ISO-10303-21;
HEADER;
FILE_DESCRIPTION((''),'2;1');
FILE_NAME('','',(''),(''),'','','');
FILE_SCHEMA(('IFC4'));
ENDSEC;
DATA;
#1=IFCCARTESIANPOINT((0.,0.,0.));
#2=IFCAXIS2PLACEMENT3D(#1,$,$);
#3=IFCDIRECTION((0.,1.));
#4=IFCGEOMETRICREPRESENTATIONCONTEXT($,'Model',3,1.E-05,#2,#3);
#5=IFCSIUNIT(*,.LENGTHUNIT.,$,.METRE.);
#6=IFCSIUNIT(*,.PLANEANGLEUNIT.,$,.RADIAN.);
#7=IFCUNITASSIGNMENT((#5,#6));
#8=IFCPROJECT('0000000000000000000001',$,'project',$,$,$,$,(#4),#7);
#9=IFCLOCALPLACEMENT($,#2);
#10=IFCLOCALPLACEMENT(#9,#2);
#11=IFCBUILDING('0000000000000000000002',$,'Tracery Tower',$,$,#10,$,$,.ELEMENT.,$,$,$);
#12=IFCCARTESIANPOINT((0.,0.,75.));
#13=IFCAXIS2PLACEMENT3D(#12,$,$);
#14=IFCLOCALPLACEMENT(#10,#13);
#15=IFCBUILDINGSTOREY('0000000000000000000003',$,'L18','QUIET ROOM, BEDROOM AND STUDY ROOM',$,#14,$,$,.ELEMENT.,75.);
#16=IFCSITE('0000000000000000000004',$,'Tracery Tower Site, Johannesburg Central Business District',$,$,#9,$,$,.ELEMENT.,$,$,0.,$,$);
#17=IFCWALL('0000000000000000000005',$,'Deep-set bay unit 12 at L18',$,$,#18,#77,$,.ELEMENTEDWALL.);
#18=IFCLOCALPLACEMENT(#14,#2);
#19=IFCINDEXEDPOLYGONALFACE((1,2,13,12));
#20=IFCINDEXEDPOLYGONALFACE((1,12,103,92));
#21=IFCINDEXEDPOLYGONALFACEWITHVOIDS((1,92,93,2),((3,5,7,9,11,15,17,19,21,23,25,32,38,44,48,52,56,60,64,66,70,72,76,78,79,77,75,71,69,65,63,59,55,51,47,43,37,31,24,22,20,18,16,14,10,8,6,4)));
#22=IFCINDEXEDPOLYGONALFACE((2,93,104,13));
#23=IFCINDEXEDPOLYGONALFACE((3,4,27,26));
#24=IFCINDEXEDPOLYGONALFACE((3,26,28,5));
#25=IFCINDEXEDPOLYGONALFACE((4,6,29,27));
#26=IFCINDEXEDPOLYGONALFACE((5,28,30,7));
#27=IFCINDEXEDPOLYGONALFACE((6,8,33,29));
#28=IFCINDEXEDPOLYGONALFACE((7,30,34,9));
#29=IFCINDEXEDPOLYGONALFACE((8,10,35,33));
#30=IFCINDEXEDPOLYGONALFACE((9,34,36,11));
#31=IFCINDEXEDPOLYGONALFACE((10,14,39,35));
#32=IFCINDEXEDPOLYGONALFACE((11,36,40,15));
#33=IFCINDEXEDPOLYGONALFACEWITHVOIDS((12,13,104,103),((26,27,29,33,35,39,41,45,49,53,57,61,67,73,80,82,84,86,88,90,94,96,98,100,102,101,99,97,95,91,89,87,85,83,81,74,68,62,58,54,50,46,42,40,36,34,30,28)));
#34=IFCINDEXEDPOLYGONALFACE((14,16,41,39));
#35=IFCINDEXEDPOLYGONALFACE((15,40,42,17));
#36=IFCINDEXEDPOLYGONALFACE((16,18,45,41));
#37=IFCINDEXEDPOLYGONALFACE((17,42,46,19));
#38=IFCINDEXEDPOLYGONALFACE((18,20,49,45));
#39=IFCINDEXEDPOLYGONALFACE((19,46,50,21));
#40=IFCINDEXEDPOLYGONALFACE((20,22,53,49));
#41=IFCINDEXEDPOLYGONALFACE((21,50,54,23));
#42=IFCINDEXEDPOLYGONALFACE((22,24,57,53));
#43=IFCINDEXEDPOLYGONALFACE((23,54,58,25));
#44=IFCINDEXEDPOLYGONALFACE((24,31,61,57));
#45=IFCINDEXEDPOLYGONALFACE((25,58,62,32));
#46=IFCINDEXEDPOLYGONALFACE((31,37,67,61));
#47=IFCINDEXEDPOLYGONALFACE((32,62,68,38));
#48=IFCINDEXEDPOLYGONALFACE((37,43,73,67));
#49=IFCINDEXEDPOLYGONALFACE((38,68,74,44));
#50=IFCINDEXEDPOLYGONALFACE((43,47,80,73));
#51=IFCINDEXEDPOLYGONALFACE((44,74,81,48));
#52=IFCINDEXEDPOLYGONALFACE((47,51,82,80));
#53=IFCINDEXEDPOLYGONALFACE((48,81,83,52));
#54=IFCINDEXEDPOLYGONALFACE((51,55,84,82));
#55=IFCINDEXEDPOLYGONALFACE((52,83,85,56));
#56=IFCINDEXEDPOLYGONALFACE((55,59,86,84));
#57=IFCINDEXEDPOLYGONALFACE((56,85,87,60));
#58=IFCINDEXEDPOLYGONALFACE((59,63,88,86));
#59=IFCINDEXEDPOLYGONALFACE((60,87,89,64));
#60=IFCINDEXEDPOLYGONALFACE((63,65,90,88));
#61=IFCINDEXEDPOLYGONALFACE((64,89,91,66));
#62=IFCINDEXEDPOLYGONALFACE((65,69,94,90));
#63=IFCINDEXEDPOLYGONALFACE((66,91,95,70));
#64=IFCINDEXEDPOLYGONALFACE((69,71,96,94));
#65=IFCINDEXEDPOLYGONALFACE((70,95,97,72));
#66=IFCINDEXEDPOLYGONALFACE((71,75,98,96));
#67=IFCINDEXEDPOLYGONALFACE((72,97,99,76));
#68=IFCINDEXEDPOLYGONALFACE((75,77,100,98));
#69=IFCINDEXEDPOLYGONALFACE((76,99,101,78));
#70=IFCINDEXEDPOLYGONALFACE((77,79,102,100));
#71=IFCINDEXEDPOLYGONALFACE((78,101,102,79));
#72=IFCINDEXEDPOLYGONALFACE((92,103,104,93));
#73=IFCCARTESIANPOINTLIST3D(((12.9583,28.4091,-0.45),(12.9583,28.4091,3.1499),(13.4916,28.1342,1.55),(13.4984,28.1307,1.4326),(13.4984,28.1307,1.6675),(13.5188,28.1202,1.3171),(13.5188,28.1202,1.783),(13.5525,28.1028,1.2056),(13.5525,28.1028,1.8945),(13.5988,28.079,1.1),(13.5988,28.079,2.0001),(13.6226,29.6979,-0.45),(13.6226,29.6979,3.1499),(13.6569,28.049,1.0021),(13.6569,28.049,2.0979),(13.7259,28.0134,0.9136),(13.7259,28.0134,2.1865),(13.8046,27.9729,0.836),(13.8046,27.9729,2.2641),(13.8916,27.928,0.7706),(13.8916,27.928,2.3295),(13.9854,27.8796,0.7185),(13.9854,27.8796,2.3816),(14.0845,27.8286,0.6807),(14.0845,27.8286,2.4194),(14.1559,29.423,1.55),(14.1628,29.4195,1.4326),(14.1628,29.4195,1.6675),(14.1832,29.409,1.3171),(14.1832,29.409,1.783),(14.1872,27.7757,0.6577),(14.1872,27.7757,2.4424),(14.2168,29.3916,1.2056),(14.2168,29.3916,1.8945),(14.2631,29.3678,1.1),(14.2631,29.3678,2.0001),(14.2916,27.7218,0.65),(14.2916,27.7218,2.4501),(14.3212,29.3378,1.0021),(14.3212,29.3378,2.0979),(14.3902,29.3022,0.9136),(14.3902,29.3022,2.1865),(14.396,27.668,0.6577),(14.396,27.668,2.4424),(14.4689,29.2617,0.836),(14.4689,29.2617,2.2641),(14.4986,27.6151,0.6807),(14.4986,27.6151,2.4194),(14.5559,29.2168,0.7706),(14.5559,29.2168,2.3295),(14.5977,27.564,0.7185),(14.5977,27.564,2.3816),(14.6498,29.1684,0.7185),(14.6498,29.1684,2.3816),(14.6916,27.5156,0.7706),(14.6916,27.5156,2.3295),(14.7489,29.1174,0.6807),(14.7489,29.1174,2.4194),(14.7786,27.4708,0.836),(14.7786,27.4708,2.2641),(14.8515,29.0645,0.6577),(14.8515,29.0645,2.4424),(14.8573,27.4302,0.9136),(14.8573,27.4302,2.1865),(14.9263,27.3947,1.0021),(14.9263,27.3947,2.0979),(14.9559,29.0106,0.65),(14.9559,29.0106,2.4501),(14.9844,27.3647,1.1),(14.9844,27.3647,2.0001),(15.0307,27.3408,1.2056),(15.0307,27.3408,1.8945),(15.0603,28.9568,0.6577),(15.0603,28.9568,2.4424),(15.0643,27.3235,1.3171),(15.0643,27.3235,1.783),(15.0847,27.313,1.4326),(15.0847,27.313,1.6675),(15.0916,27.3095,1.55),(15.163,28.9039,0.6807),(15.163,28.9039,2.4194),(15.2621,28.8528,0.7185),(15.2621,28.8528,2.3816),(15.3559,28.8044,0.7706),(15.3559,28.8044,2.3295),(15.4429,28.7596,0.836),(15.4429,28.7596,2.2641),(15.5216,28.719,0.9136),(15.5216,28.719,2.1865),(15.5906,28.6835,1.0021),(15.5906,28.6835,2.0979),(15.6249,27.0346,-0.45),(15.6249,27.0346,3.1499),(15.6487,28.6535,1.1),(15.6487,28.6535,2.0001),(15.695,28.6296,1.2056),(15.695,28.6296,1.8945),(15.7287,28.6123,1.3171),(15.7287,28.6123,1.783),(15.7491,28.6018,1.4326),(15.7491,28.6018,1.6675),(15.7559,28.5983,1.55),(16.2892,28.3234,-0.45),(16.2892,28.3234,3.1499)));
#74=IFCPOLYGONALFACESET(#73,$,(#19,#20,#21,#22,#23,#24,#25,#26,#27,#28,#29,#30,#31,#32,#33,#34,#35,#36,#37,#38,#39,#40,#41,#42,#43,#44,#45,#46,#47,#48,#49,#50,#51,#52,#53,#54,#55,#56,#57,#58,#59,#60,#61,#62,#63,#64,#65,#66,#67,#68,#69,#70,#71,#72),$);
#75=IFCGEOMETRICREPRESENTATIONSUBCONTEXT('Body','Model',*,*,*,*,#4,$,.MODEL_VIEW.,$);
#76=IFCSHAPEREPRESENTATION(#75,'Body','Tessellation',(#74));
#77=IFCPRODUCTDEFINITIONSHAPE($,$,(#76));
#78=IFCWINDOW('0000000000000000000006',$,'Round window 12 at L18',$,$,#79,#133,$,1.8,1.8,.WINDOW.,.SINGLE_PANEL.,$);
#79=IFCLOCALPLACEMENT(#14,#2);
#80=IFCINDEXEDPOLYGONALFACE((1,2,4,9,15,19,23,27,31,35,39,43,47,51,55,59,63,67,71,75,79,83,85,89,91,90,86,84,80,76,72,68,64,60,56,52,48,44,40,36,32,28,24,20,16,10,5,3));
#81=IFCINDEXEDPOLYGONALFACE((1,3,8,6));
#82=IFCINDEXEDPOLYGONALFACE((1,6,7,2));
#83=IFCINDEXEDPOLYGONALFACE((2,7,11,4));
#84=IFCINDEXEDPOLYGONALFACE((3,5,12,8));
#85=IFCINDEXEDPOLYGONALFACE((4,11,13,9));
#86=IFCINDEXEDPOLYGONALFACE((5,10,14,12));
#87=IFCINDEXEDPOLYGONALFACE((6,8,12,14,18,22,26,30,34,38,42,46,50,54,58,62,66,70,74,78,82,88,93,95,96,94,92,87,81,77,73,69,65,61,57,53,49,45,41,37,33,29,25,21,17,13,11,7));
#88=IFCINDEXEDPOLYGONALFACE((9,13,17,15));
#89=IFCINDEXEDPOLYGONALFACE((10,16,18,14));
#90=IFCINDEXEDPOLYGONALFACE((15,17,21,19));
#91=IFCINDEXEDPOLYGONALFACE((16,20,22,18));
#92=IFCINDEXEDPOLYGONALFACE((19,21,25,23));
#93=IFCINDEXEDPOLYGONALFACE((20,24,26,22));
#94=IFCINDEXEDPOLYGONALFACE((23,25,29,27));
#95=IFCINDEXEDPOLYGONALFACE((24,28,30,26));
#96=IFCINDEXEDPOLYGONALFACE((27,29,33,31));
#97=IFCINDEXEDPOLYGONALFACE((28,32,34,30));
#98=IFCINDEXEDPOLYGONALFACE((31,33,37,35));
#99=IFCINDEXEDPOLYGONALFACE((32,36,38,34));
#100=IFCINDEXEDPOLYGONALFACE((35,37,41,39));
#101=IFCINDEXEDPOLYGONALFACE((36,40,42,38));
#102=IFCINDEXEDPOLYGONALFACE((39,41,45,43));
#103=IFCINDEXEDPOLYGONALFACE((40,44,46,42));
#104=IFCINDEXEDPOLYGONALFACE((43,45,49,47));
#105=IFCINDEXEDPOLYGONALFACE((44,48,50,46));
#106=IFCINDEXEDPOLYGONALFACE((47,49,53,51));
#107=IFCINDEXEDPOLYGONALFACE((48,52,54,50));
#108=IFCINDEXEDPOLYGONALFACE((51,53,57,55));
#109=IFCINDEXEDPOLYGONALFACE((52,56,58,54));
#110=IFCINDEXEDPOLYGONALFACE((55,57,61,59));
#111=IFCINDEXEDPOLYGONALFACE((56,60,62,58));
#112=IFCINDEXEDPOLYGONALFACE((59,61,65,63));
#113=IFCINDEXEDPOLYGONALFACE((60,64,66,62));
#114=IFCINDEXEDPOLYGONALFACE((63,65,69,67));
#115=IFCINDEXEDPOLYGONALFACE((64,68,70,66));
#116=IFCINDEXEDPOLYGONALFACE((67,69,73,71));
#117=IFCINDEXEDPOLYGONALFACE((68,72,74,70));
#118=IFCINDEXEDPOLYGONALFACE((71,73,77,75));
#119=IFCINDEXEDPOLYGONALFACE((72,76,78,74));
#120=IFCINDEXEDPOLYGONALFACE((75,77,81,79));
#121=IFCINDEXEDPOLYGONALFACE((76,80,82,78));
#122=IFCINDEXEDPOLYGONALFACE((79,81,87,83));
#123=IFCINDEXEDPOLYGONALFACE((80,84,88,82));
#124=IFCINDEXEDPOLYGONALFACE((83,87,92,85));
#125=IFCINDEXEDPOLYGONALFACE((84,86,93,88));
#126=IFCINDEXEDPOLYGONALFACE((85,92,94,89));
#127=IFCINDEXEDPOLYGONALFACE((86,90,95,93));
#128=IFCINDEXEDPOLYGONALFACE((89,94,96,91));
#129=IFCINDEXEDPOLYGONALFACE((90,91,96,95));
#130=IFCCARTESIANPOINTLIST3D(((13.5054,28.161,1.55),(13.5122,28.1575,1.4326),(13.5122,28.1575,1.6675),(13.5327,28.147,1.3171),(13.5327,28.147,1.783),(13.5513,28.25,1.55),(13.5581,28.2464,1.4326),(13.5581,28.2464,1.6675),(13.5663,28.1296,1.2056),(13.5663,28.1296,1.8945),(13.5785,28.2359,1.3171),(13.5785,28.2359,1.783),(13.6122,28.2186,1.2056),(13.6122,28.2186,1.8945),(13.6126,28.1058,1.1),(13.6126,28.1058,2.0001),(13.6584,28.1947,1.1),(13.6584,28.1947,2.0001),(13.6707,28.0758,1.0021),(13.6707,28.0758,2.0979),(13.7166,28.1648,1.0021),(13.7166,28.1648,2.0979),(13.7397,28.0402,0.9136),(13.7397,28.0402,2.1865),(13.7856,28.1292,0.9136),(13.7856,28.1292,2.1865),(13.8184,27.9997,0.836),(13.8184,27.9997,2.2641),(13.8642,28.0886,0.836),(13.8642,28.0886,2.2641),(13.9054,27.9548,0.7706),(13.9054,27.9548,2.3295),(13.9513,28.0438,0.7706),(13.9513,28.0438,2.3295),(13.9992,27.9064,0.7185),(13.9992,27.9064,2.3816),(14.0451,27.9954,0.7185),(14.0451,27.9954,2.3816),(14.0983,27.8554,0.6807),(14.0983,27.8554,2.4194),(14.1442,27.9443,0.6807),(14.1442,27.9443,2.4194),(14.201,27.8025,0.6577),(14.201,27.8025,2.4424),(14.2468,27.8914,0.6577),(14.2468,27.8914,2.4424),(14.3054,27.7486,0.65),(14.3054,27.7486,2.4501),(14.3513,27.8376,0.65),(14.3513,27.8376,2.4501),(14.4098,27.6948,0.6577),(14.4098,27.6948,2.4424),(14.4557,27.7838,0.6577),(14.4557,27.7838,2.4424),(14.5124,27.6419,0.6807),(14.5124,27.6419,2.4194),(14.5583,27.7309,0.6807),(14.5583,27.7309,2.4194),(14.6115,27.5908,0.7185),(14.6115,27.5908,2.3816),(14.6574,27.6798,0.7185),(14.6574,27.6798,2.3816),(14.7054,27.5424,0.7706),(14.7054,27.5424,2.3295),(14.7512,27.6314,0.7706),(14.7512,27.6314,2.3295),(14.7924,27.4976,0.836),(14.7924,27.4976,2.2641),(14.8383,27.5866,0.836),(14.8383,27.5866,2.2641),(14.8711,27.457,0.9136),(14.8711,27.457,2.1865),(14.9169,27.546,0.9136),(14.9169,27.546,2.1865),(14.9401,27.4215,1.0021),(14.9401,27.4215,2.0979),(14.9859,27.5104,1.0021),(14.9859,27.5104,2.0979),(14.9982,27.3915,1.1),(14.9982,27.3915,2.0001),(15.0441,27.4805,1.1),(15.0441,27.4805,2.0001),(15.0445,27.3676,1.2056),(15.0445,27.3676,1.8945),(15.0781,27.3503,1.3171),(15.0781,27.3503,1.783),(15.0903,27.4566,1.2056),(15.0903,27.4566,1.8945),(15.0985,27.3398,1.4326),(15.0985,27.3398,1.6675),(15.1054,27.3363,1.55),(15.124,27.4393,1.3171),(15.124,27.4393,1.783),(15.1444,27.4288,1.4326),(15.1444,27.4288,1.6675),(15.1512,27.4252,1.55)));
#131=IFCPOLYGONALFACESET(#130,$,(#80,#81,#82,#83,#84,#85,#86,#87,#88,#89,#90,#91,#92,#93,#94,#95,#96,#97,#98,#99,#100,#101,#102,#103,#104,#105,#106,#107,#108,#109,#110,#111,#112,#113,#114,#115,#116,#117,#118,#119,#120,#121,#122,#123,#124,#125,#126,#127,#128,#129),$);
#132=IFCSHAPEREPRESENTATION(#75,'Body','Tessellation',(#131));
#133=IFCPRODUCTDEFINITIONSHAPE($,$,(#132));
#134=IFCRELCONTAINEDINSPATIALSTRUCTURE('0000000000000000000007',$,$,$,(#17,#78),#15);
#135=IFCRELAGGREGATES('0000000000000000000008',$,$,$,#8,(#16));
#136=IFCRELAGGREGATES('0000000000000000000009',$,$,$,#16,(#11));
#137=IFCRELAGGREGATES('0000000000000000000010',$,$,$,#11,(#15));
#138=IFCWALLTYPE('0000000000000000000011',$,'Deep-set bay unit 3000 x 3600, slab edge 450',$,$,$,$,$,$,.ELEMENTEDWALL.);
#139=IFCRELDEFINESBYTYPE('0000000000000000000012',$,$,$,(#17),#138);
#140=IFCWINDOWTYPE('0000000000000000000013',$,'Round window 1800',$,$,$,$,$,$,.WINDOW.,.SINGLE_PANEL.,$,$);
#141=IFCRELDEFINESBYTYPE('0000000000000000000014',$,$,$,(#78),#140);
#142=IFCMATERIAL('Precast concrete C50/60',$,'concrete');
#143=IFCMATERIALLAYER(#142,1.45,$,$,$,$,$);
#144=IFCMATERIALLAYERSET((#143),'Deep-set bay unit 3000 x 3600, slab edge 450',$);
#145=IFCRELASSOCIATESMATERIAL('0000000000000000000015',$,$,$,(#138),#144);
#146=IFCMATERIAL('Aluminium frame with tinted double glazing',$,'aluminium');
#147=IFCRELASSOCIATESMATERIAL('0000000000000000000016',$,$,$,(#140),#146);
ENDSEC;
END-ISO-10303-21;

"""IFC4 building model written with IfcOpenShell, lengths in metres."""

from ifc_helpers import new_model, si_unit, direction, frame, frame_2d, origin, origin_2d, place, context, subcontext, project, spatial, rectangle, circle, extrude, material, layer, layer_set, type_object, element, fill, save


model = new_model("IFC4")

# Units and contexts
model_context = context("Model", 3, precision=1e-05, world=origin(), true_north=direction((0.0, 1.0)))
body_context = subcontext(model_context, "Body", "Model", "MODEL_VIEW")
ifc_project = project(units=[si_unit("LENGTHUNIT", "METRE"), si_unit("PLANEANGLEUNIT", "RADIAN")], contexts=[model_context])

# Site, building, storey
site_placement = place(None, origin())
site = spatial("IfcSite", under=ifc_project, at=site_placement, Name="Tracery Tower Site, Johannesburg Central Business District", CompositionType="ELEMENT", RefElevation=0.0)
building_placement = place(site_placement, origin())
building = spatial("IfcBuilding", under=site, at=building_placement, Name="Tracery Tower", CompositionType="ELEMENT")
storey_placement = place(building_placement, frame((0.0, 0.0, 75.0)))
storey = spatial("IfcBuildingStorey", under=building, at=storey_placement, Name="L18", Description="QUIET ROOM, BEDROOM AND STUDY ROOM", CompositionType="ELEMENT", Elevation=75.0)

# Wall, opening, window
ifc_material_1 = material(Name="Precast concrete C50/60", Category="concrete")
ifc_layer_1 = layer(ifc_material_1, 1.45)
ifc_layer_set_1 = layer_set([ifc_layer_1], Name="Deep-set bay unit 3000 x 3600, slab edge 450")
wall_type_1 = type_object("IfcWallType", Name="Deep-set bay unit 3000 x 3600, slab edge 450", PredefinedType="ELEMENTEDWALL", material=ifc_layer_set_1)
wall_1_placement = place(storey_placement, frame((15.957, 27.679, -0.45), z_axis=(0.0, 0.0, 1.0), x_axis=(-0.888858, 0.458183, 0.0)))
wall_1 = element("IfcWall", 1, at=wall_1_placement, inside=storey, type_object=wall_type_1, Name="Deep-set bay unit 12 at L18", PredefinedType="ELEMENTEDWALL", context=body_context, shape_type="SweptSolid", body=[
    extrude(rectangle(XDim=3.0, YDim=1.45, at=frame_2d((1.5, 0.0))), origin(), (0.0, 0.0, 1.0), 3.5999),
])
opening_1_placement = place(wall_1_placement, frame((1.5, 0.0, 2.0)))
opening_1 = element("IfcOpeningElement", 2, at=opening_1_placement, cuts=wall_1, PredefinedType="OPENING", context=body_context, shape_type="SweptSolid", body=[
    extrude(circle(Radius=0.9, at=origin_2d()), frame((0.0, 0.7349, 0.0), z_axis=(0.0, -1.0, 0.0), x_axis=(1.0, 0.0, 0.0)), (0.0, 0.0, 1.0), 1.47),
])
ifc_material_2 = material(Name="Aluminium frame with tinted double glazing", Category="aluminium")
window_type = type_object("IfcWindowType", Name="Round window 1800", PartitioningType="SINGLE_PANEL", PredefinedType="WINDOW", material=ifc_material_2)
window_1_placement = place(opening_1_placement, origin())
window_1 = element("IfcWindow", 3, at=window_1_placement, inside=storey, type_object=window_type, Name="Round window 12 at L18", OverallHeight=1.8, OverallWidth=1.8, PartitioningType="SINGLE_PANEL", PredefinedType="WINDOW", context=body_context, shape_type="SweptSolid", body=[
    extrude(circle(Radius=0.9, at=origin_2d()), frame((0.0, 0.6948, 0.0), z_axis=(0.0, -1.0, 0.0), x_axis=(1.0, 0.0, 0.0)), (0.0, 0.0, 1.0), 0.1001),
])
fill(opening_1, window_1)

save(model, "model.ifc")
